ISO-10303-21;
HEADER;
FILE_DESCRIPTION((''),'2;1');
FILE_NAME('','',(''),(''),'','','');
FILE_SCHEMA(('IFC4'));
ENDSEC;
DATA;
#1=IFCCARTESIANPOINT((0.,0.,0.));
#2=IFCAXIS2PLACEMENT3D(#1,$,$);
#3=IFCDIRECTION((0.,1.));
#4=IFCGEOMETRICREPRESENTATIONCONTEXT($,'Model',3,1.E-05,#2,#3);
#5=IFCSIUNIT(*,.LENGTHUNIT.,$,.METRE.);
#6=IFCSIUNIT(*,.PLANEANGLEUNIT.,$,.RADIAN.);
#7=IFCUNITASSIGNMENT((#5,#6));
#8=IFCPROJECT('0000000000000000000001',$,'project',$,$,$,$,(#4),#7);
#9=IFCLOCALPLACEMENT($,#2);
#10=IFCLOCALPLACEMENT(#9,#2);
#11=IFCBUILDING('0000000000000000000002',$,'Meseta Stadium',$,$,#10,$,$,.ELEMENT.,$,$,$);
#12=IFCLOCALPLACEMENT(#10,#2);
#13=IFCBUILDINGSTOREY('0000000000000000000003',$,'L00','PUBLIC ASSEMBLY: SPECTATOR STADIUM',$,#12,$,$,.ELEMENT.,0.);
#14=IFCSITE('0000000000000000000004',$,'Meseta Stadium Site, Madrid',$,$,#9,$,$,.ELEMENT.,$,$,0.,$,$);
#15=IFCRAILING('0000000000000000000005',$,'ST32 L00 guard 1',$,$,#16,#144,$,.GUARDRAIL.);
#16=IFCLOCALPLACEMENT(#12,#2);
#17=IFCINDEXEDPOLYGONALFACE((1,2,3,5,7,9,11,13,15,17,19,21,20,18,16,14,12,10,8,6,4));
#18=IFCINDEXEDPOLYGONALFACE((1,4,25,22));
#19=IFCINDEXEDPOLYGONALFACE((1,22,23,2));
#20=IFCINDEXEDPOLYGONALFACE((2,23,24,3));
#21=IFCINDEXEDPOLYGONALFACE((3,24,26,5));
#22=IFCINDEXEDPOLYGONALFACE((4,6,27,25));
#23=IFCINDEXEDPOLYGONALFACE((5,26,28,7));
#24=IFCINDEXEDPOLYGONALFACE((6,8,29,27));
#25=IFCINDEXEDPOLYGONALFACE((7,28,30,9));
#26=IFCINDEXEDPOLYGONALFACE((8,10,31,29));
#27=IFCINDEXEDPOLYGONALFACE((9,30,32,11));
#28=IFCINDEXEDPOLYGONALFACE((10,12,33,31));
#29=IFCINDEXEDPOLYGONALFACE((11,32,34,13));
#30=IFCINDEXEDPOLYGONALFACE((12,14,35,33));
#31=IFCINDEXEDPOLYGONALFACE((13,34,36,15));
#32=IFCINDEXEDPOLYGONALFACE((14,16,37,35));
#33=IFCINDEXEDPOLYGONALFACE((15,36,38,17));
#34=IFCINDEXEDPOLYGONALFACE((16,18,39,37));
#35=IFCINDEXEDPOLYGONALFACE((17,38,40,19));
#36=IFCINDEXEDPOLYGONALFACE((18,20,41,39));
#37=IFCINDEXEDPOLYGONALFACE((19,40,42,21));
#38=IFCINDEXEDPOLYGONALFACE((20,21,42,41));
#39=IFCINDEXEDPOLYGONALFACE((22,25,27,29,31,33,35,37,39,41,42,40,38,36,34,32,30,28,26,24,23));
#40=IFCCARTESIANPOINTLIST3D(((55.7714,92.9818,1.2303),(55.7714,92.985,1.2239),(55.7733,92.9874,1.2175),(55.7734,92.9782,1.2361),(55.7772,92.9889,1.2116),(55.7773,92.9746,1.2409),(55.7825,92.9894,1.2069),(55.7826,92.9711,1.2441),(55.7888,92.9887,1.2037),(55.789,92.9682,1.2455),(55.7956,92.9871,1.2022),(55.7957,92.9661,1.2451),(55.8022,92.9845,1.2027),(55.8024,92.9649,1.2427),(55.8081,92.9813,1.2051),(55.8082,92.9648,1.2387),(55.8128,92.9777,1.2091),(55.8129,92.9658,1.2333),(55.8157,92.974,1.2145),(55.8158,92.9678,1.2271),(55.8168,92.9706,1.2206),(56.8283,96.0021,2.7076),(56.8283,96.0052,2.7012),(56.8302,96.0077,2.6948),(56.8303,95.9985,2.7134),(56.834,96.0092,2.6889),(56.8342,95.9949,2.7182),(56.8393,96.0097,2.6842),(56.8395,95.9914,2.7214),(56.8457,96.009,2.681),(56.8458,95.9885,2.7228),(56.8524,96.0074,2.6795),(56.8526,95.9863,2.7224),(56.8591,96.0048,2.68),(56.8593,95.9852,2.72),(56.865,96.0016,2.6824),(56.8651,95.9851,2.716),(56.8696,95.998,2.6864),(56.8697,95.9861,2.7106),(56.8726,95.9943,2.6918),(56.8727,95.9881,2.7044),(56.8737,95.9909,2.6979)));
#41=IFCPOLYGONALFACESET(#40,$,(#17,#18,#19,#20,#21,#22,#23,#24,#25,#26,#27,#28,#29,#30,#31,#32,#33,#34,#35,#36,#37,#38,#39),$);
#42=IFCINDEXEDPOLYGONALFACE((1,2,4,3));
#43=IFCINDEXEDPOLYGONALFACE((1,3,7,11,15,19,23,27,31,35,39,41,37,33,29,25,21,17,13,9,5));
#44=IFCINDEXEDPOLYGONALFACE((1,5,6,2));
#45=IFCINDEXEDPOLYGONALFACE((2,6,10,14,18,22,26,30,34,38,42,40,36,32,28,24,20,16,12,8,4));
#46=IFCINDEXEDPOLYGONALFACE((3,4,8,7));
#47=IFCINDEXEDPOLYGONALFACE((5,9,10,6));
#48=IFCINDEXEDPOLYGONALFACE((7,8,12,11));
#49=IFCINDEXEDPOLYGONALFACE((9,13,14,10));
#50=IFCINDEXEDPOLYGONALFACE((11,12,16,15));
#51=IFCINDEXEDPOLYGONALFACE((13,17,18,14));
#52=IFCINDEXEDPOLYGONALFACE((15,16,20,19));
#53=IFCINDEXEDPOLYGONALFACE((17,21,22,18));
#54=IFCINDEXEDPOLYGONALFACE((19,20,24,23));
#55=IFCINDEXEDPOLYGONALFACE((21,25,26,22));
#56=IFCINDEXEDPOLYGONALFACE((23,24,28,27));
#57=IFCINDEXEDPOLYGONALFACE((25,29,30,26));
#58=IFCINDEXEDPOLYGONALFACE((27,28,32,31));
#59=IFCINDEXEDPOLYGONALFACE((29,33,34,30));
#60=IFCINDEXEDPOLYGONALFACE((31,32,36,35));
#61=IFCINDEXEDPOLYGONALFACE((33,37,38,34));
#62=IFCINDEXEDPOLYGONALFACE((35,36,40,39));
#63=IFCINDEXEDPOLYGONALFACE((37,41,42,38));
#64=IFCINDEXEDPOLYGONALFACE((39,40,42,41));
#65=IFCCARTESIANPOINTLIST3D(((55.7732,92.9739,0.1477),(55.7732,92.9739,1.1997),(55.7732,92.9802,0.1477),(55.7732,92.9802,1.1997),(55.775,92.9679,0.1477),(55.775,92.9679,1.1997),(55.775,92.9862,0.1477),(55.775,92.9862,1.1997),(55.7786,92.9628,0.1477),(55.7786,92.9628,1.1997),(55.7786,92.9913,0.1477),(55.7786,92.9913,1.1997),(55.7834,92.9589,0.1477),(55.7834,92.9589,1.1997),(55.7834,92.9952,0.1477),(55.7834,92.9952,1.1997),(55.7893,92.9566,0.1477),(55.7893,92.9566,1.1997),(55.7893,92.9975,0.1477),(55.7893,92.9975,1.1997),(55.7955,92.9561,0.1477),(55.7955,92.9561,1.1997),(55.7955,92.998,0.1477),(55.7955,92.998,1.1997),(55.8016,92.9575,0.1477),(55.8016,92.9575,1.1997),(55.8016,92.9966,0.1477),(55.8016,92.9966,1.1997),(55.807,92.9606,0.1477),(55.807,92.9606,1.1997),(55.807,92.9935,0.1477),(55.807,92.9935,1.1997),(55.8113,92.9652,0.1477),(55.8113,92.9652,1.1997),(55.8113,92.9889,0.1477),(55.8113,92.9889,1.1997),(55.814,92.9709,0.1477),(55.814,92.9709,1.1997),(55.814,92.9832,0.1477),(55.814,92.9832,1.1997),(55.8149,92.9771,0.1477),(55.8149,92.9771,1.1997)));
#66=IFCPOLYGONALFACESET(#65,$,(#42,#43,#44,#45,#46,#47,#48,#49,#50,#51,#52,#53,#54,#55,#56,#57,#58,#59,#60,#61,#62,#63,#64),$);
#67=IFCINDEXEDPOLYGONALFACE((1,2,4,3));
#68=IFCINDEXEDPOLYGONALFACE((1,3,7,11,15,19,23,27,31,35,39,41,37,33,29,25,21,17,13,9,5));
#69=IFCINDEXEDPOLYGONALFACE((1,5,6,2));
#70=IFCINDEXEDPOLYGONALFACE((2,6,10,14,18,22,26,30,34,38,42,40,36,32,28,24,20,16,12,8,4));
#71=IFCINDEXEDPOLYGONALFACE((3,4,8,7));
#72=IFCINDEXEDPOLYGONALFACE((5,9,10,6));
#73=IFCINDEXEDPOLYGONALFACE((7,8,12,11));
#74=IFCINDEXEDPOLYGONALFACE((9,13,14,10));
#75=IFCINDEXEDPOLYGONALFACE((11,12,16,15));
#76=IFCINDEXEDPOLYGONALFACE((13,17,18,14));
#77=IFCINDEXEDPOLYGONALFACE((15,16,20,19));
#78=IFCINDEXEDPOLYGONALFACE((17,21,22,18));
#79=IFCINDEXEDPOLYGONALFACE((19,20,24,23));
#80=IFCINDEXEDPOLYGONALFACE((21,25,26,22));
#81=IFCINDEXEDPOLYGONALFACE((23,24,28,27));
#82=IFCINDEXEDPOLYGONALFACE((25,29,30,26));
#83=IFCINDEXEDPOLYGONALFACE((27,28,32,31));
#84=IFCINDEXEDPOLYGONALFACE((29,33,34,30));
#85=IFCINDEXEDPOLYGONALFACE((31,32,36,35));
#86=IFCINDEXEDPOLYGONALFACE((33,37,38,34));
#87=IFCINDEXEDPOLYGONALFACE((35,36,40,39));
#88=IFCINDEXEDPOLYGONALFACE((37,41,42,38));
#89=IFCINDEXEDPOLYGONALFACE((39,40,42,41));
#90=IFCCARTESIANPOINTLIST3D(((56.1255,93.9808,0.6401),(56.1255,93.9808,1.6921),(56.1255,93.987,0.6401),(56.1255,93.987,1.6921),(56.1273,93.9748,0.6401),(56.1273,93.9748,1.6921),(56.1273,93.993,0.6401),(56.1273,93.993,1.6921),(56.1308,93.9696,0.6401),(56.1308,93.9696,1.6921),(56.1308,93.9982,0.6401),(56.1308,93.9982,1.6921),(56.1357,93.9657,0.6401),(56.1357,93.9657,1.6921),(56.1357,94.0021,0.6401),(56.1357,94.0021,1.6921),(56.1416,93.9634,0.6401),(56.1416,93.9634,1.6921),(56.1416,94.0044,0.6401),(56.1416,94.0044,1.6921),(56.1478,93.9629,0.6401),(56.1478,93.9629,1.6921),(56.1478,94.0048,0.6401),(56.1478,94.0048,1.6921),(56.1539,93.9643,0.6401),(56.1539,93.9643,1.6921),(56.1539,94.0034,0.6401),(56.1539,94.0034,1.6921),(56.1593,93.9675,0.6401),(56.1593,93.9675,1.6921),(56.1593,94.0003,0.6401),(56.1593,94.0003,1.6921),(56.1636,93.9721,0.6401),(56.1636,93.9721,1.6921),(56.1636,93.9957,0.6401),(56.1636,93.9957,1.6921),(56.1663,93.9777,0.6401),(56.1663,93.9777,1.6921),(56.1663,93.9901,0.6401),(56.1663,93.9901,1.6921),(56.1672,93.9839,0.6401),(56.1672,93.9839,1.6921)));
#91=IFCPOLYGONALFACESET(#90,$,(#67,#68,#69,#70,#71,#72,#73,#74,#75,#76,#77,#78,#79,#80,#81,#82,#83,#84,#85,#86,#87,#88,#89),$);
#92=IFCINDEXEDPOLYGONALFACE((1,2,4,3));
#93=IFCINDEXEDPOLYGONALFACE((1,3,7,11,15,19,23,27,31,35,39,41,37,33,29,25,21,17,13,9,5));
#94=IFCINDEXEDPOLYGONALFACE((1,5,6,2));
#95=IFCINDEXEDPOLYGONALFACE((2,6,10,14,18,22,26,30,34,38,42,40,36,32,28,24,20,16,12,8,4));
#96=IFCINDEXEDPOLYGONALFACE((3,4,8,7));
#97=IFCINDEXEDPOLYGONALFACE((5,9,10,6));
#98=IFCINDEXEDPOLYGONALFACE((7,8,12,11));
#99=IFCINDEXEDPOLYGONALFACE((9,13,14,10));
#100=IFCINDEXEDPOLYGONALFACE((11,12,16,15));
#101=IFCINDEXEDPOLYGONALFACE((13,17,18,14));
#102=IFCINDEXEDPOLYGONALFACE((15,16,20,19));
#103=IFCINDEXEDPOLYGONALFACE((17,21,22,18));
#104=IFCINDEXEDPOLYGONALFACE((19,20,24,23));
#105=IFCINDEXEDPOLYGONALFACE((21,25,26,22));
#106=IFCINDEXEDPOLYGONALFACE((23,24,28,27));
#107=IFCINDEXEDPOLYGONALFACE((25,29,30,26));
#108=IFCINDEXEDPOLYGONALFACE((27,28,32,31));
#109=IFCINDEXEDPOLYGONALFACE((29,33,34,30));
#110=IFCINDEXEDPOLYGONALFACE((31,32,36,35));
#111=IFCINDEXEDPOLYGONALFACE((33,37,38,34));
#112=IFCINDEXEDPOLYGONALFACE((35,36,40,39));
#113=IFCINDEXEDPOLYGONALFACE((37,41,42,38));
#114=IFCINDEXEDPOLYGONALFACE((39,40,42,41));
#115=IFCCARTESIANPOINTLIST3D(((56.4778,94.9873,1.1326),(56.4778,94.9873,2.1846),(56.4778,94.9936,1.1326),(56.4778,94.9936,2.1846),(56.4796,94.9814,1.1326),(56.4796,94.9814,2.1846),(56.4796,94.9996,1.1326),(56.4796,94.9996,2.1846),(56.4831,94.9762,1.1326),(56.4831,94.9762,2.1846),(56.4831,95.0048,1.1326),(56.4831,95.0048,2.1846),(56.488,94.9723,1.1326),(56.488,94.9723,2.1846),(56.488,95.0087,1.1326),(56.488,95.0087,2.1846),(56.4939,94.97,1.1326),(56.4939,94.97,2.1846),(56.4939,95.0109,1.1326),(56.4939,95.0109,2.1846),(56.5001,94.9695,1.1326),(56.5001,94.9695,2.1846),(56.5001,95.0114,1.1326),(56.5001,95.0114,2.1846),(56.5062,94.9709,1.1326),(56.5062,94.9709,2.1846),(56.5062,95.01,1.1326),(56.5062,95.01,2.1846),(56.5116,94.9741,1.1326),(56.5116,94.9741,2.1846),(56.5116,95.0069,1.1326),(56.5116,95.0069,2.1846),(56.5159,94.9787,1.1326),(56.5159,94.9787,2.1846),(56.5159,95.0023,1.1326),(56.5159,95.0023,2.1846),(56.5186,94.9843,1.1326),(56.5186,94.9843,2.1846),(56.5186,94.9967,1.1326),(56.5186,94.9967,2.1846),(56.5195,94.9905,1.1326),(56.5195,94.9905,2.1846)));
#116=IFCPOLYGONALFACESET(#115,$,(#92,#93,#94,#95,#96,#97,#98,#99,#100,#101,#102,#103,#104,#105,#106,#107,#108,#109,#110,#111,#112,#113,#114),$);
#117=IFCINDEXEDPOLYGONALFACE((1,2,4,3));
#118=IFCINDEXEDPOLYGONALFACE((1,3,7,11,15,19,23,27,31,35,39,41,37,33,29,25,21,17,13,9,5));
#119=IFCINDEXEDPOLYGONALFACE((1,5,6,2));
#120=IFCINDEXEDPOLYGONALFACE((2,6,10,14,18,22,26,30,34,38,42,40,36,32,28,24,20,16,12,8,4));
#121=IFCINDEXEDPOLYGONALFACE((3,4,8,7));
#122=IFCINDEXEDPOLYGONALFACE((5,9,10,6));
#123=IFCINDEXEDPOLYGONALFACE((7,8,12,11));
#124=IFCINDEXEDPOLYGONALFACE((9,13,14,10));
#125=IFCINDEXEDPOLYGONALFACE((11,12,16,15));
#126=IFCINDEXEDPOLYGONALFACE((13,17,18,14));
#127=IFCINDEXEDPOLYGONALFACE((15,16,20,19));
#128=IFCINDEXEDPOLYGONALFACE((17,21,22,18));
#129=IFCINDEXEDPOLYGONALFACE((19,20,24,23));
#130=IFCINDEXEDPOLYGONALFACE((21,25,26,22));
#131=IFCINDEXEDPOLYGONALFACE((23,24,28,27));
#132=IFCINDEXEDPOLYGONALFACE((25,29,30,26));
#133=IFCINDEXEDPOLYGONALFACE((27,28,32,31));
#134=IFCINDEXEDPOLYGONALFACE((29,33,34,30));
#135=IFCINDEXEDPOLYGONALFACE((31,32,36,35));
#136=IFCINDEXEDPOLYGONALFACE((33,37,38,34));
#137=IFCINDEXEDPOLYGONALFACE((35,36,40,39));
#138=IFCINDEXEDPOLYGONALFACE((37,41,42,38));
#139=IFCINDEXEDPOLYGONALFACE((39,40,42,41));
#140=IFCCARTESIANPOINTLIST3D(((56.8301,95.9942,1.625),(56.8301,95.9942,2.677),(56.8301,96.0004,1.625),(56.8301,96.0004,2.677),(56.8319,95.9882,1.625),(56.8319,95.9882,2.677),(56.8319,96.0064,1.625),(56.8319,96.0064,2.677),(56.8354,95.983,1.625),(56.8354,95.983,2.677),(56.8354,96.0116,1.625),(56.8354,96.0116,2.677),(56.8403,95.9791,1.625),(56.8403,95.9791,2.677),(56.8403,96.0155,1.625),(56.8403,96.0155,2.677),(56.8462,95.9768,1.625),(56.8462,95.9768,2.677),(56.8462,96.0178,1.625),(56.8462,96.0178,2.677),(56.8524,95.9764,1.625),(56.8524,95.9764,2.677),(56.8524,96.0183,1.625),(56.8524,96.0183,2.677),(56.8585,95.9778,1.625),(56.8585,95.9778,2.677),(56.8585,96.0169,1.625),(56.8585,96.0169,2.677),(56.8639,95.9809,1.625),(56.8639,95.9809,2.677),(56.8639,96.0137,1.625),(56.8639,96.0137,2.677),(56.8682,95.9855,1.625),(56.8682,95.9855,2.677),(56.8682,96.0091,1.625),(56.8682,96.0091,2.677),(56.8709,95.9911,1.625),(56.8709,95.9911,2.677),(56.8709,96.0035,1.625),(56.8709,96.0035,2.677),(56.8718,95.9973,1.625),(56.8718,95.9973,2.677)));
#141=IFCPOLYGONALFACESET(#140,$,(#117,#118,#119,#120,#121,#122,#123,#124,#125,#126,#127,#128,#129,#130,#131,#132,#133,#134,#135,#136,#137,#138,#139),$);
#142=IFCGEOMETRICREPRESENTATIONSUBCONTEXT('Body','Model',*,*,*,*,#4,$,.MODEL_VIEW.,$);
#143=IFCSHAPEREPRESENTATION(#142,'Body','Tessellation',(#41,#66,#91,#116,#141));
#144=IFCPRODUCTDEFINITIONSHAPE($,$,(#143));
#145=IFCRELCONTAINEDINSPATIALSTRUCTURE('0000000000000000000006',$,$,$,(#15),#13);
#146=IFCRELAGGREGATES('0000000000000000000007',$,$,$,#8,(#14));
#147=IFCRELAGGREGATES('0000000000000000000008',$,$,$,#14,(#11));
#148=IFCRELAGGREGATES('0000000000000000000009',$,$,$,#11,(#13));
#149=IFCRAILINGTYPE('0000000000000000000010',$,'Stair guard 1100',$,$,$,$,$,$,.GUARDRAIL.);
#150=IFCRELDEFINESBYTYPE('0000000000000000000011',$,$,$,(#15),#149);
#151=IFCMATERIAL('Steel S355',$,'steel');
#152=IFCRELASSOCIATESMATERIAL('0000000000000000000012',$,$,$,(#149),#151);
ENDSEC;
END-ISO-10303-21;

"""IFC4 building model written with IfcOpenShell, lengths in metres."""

from ifc_helpers import new_model, si_unit, direction, frame, origin, origin_2d, place, context, subcontext, project, spatial, circle, extrude, material, type_object, element, save


model = new_model("IFC4")

# Units and contexts
model_context = context("Model", 3, precision=1e-05, world=origin(), true_north=direction((0.0, 1.0)))
body_context = subcontext(model_context, "Body", "Model", "MODEL_VIEW")
ifc_project = project(units=[si_unit("LENGTHUNIT", "METRE"), si_unit("PLANEANGLEUNIT", "RADIAN")], contexts=[model_context])

# Site, building, storey
site_placement = place(None, origin())
site = spatial("IfcSite", under=ifc_project, at=site_placement, Name="Meseta Stadium Site, Madrid", CompositionType="ELEMENT", RefElevation=0.0)
building_placement = place(site_placement, origin())
building = spatial("IfcBuilding", under=site, at=building_placement, Name="Meseta Stadium", CompositionType="ELEMENT")
storey_placement = place(building_placement, origin())
storey = spatial("IfcBuildingStorey", under=building, at=storey_placement, Name="L00", Description="PUBLIC ASSEMBLY: SPECTATOR STADIUM", CompositionType="ELEMENT", Elevation=0.0)

# Railing
ifc_material_1 = material(Name="Steel S355", Category="steel")
railing_type_1 = type_object("IfcRailingType", Name="Stair guard 1100", PredefinedType="GUARDRAIL", material=ifc_material_1)
railing_1_placement = place(storey_placement, frame((55.7939, 92.9771, 0.1477)))
element("IfcRailing", 1, at=railing_1_placement, inside=storey, type_object=railing_type_1, Name="ST32 L00 guard 1", PredefinedType="GUARDRAIL", context=body_context, shape_type="SweptSolid", body=[
    extrude(circle(Radius=0.0239, at=origin_2d()), frame((0.0, 0.0, 1.0762), z_axis=(0.299876, 0.856958, 0.419162), x_axis=(-0.943879, 0.330293, 0.0)), (0.0, 0.0, 1.0), 3.5244),
    extrude(circle(Radius=0.021, at=origin_2d()), origin(), (0.0, 0.0, 1.0), 1.052),
    extrude(circle(Radius=0.021, at=origin_2d()), frame((0.3523, 1.0068, 0.4924)), (0.0, 0.0, 1.0), 1.052),
    extrude(circle(Radius=0.021, at=origin_2d()), frame((0.7046, 2.0134, 0.9849)), (0.0, 0.0, 1.0), 1.052),
    extrude(circle(Radius=0.021, at=origin_2d()), frame((1.0569, 3.0203, 1.4773)), (0.0, 0.0, 1.0), 1.052),
])

save(model, "model.ifc")
